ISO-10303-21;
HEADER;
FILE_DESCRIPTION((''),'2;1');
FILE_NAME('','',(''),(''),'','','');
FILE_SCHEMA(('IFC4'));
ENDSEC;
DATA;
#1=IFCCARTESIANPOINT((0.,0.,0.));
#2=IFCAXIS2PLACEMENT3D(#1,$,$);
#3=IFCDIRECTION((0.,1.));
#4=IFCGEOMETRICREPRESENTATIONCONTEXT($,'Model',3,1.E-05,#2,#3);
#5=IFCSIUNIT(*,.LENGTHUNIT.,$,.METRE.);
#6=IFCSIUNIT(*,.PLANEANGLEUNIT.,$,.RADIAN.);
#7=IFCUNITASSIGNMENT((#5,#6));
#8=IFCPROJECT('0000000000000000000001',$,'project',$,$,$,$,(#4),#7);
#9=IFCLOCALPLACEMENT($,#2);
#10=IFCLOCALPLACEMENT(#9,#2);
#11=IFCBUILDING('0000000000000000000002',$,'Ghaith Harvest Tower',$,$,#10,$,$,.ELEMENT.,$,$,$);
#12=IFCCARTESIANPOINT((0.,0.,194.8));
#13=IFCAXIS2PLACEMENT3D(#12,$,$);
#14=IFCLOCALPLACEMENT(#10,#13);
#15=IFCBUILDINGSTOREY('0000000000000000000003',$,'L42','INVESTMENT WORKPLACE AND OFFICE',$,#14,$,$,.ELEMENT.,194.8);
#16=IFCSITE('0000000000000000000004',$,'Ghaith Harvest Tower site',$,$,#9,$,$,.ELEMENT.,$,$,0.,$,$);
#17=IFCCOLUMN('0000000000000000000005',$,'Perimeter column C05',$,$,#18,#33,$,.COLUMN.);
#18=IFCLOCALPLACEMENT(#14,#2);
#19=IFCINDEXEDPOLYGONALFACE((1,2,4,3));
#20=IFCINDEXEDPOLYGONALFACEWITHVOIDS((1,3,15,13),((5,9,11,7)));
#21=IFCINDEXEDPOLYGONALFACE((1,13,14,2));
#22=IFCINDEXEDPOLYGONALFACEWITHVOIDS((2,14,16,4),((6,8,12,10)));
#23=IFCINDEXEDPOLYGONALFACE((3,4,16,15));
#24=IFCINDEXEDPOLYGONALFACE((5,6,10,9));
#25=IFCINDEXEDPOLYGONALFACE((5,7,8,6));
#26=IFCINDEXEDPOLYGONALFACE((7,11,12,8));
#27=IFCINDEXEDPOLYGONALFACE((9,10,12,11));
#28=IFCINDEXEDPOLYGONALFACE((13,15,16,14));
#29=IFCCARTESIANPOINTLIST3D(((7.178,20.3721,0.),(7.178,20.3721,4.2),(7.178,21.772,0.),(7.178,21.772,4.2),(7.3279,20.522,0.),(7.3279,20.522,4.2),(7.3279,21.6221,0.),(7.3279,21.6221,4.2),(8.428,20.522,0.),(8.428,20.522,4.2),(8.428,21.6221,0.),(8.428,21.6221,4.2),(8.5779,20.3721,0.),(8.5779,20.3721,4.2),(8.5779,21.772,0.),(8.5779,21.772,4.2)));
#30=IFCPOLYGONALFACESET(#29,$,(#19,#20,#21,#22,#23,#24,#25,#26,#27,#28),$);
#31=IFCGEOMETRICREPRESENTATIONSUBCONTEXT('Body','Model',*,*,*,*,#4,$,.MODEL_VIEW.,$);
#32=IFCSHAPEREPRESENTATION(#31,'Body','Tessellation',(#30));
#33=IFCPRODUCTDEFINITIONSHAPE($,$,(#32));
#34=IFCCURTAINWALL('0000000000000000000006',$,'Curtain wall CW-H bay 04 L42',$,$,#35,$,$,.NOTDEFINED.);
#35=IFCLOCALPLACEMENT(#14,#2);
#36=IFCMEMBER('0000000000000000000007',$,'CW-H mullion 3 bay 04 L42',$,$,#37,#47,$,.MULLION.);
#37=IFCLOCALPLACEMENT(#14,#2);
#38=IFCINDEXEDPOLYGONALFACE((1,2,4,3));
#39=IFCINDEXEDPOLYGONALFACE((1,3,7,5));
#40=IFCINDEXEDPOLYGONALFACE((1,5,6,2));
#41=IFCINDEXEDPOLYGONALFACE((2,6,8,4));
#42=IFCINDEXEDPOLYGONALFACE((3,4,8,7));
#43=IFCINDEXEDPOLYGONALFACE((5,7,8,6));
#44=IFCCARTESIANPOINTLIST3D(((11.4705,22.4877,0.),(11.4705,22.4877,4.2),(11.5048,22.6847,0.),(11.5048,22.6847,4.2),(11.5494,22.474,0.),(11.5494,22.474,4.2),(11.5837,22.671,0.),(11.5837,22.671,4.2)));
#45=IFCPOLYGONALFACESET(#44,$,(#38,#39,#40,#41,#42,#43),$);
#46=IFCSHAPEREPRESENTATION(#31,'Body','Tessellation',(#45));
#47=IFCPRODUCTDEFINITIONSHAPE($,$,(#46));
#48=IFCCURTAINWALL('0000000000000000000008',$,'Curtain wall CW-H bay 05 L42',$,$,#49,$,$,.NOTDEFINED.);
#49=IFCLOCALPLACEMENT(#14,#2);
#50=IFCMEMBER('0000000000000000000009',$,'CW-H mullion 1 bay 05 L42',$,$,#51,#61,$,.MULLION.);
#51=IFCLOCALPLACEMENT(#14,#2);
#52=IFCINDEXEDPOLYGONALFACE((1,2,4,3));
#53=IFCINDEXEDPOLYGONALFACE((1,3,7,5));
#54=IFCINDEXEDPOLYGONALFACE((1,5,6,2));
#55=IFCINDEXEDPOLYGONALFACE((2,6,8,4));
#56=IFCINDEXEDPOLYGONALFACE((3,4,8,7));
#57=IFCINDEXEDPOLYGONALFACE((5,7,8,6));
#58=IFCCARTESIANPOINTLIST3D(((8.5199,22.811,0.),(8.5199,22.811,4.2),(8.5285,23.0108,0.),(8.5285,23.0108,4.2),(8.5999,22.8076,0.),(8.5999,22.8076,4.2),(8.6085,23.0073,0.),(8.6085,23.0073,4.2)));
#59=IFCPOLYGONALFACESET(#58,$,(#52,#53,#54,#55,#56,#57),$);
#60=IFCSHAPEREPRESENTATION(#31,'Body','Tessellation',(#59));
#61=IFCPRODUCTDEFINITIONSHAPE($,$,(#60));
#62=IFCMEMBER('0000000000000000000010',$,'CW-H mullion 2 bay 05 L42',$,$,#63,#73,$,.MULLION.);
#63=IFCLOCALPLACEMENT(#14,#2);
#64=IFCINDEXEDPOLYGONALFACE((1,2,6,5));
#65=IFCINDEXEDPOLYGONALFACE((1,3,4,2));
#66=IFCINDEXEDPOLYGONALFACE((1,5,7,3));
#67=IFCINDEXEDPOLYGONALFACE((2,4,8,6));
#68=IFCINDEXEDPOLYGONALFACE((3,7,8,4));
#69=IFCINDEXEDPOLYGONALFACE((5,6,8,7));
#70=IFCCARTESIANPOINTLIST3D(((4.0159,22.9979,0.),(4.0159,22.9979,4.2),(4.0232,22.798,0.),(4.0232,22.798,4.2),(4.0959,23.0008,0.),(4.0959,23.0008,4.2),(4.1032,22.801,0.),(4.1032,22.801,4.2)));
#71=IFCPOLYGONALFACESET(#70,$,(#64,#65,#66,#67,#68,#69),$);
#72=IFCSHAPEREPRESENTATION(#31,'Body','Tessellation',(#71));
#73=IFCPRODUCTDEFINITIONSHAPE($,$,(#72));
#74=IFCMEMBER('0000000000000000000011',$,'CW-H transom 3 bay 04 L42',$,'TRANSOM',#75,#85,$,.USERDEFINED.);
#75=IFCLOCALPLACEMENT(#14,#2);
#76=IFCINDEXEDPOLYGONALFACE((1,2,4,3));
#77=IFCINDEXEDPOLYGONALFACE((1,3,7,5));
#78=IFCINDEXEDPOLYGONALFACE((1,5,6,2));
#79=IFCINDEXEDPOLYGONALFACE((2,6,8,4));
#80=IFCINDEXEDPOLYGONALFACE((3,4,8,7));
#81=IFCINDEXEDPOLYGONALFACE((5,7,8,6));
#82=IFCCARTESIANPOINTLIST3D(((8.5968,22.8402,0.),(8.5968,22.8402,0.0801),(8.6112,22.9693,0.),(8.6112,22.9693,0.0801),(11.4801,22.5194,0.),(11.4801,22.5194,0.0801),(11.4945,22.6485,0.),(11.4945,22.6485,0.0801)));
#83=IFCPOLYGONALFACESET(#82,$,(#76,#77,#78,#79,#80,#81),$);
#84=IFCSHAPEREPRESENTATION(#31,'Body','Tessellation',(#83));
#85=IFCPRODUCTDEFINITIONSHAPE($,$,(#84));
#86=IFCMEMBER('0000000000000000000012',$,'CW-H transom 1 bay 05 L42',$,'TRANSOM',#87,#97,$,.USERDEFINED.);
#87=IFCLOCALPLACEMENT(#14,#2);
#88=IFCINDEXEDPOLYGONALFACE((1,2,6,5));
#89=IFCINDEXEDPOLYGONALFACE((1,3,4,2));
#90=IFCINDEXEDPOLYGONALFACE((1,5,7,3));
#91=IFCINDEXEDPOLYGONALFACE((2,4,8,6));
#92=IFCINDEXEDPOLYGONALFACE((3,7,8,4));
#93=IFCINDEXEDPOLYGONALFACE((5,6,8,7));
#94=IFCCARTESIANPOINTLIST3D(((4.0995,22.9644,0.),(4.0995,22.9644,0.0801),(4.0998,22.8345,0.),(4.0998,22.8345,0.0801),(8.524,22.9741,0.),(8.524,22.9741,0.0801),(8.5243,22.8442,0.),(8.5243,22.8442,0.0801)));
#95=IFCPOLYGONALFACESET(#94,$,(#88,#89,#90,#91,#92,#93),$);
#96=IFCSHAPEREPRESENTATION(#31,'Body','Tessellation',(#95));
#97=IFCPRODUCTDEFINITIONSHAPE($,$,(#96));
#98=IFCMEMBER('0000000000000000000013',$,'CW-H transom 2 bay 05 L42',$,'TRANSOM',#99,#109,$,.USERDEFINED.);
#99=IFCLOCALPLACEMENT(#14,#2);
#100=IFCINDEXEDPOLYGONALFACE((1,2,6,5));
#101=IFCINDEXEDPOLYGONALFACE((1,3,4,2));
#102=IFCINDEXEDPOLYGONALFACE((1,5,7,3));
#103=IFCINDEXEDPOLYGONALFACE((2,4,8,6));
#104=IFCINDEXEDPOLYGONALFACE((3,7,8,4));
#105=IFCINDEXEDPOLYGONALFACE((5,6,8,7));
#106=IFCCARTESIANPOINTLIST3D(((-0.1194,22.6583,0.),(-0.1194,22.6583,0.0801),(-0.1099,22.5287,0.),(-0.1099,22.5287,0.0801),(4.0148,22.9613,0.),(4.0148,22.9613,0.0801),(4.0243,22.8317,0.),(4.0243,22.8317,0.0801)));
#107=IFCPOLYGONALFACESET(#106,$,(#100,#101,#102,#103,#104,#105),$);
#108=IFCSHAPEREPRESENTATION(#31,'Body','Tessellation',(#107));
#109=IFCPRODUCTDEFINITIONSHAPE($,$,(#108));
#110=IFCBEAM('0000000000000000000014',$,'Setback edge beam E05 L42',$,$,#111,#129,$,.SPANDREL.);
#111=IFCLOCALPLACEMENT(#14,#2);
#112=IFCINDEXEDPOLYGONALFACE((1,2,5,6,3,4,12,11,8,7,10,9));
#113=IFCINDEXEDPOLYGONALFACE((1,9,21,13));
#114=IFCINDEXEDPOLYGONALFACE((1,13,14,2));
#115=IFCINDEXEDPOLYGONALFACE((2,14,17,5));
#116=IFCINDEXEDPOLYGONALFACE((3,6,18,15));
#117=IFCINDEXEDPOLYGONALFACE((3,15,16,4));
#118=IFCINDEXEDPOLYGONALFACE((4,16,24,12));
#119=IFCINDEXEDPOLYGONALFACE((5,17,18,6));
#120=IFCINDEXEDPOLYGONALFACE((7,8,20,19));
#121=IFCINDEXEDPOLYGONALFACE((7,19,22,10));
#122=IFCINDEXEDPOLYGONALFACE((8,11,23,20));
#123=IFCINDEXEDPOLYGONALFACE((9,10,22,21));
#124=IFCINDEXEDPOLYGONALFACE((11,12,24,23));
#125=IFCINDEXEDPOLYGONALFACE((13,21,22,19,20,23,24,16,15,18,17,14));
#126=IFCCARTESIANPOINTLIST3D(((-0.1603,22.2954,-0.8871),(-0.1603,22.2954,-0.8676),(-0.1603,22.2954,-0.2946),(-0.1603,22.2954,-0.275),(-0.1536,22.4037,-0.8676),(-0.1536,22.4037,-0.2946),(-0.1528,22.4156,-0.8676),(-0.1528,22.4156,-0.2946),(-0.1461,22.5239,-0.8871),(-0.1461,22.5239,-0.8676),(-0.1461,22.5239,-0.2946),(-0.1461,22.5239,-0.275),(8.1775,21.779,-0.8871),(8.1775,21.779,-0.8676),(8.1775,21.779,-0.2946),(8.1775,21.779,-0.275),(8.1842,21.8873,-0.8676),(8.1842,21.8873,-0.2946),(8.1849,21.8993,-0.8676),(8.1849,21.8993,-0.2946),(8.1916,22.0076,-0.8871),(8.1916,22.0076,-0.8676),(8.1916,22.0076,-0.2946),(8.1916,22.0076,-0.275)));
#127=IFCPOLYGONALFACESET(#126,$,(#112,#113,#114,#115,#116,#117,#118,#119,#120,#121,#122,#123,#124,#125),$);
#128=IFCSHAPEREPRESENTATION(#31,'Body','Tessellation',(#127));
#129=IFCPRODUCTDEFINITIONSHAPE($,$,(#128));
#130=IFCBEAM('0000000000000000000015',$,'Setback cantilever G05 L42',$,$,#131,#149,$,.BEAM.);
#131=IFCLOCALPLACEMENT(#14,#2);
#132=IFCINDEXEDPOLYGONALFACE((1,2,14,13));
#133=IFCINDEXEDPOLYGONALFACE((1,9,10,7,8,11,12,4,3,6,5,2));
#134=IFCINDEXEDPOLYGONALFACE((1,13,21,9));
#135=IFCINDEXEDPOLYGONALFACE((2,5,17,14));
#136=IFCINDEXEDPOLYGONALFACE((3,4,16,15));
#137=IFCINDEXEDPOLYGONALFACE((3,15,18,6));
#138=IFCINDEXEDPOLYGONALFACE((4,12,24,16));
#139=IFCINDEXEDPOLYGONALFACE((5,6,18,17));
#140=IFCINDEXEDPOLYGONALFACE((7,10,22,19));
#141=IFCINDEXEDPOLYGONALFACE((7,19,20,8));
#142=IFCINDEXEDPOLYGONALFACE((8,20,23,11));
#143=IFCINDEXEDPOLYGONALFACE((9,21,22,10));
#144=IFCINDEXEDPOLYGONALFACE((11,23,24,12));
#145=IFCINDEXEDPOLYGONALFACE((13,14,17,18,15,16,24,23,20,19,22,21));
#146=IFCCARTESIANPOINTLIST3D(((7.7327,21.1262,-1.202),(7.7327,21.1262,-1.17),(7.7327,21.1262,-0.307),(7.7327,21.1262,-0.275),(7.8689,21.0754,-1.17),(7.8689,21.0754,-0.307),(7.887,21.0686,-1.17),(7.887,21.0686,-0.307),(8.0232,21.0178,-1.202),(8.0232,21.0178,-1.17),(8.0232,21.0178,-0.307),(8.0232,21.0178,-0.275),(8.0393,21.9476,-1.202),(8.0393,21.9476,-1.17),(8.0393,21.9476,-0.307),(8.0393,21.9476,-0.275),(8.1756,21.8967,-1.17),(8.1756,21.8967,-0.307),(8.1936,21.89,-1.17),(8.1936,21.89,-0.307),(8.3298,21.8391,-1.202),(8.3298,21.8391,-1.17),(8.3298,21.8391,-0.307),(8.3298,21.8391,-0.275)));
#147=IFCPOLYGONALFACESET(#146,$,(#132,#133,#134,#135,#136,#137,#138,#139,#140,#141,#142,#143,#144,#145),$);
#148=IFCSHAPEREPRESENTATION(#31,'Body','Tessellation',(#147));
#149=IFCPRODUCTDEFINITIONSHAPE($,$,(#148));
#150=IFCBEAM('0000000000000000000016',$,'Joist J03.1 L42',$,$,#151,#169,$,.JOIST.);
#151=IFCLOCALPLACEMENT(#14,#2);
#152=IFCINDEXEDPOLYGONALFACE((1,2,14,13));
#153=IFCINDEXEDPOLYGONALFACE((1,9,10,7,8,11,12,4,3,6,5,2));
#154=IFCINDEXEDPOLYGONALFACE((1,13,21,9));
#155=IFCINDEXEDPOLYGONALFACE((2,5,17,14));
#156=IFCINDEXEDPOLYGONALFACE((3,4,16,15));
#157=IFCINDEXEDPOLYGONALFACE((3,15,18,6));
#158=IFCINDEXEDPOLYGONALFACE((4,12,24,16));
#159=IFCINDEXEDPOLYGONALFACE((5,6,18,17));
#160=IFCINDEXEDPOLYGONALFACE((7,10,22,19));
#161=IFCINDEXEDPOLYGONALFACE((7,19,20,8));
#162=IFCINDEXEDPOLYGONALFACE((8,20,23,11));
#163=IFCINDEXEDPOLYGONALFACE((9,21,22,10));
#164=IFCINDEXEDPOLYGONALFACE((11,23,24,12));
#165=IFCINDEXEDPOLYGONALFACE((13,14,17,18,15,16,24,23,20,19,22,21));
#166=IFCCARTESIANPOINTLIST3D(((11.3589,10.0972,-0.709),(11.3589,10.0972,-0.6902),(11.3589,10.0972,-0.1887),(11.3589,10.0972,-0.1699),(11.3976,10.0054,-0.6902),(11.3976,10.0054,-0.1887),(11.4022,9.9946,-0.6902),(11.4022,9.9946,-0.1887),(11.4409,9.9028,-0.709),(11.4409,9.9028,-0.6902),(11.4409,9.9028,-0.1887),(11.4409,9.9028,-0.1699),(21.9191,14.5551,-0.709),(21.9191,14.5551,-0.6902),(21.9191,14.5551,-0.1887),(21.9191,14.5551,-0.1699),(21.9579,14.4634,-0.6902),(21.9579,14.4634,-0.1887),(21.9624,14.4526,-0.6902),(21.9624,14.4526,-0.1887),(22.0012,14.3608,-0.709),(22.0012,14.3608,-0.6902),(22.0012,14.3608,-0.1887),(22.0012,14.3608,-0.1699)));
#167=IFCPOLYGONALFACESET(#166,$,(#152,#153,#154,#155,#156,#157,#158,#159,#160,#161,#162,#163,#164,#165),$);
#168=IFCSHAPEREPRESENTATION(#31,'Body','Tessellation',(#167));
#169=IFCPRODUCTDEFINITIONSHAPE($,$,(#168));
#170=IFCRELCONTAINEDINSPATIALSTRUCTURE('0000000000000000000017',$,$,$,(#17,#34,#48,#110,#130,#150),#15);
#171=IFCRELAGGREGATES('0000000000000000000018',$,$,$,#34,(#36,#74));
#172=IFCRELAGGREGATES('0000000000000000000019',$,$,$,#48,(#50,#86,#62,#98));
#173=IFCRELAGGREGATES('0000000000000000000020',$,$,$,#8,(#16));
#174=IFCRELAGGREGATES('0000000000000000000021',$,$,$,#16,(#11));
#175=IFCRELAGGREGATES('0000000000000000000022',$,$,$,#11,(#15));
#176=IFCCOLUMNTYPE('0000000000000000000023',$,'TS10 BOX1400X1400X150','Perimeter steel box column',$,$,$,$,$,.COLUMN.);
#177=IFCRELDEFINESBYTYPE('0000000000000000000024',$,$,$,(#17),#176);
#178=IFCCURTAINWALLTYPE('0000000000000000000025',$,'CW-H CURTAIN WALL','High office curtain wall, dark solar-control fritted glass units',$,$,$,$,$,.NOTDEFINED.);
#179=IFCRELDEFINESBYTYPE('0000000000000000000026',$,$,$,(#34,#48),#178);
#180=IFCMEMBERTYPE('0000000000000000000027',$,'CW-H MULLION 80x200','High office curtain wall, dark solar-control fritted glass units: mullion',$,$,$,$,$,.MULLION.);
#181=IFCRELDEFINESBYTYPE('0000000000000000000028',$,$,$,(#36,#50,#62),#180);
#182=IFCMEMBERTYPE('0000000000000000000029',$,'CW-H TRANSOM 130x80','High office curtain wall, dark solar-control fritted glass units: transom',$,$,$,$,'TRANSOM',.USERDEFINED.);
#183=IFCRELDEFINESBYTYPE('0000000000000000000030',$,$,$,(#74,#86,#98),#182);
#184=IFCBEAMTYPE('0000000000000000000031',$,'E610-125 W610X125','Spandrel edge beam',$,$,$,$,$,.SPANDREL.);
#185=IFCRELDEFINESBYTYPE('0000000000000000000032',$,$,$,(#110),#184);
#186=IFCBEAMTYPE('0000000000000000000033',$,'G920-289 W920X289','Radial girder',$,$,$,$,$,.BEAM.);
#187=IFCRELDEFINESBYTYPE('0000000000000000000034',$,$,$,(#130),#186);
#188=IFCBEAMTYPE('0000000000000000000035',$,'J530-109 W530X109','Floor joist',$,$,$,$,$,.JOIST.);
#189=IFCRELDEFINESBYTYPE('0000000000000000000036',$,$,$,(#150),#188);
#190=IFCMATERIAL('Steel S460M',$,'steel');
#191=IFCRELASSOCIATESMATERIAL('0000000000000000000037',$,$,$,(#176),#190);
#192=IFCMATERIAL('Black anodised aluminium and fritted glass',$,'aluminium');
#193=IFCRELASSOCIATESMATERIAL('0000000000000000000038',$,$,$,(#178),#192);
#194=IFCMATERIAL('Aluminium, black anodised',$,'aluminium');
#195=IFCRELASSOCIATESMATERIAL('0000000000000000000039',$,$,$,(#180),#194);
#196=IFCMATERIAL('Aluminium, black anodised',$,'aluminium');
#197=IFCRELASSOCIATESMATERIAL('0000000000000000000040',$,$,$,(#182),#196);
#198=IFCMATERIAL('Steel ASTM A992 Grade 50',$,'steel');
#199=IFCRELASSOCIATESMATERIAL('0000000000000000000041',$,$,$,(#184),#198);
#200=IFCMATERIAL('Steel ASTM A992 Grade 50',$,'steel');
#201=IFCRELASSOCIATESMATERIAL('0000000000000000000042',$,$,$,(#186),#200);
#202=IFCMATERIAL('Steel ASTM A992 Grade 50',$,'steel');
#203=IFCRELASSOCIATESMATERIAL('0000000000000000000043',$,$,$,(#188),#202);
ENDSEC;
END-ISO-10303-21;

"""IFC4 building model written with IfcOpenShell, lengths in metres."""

from ifc_helpers import new_model, si_unit, direction, frame, origin, origin_2d, place, context, subcontext, project, spatial, rectangle, hollow_rectangle, i_section, extrude, material, material_profile, profile_set, type_object, element, aggregate, save


model = new_model("IFC4")

# Units and contexts
model_context = context("Model", 3, precision=1e-05, world=origin(), true_north=direction((0.0, 1.0)))
body_context = subcontext(model_context, "Body", "Model", "MODEL_VIEW")
ifc_project = project(units=[si_unit("LENGTHUNIT", "METRE"), si_unit("PLANEANGLEUNIT", "RADIAN")], contexts=[model_context])

# Site, building, storey
site_placement = place(None, origin())
site = spatial("IfcSite", under=ifc_project, at=site_placement, Name="Ghaith Harvest Tower site", CompositionType="ELEMENT", RefElevation=0.0)
building_placement = place(site_placement, origin())
building = spatial("IfcBuilding", under=site, at=building_placement, Name="Ghaith Harvest Tower", CompositionType="ELEMENT")
storey_placement = place(building_placement, frame((0.0, 0.0, 194.8)))
storey = spatial("IfcBuildingStorey", under=building, at=storey_placement, Name="L42", Description="INVESTMENT WORKPLACE AND OFFICE", CompositionType="ELEMENT", Elevation=194.8)

# Column
ifc_material_1 = material(Name="Steel S460M", Category="steel")
ifc_material_profile_1 = material_profile(ifc_material_1, hollow_rectangle(XDim=1.3999, YDim=1.3999, WallThickness=0.1499, at=origin_2d()), Name="BOX1400X1400X150")
ifc_profile_set_1 = profile_set([ifc_material_profile_1], Name="Steel S460M")
column_type = type_object("IfcColumnType", Name="TS10 BOX1400X1400X150", Description="Perimeter steel box column", PredefinedType="COLUMN", material=ifc_profile_set_1)
column_placement = place(storey_placement, frame((7.8779, 21.072, 0.0), z_axis=(0.0, 0.0, 1.0), x_axis=(1.0, 0.0, 0.0)))
element("IfcColumn", 1, at=column_placement, inside=storey, type_object=column_type, Name="Perimeter column C05", PredefinedType="COLUMN", context=body_context, shape_type="SweptSolid", body=[
    extrude(hollow_rectangle(XDim=1.3999, YDim=1.3999, WallThickness=0.1499, at=origin_2d()), origin(), (0.0, 0.0, 1.0), 4.2),
])

# Curtain wall, member
ifc_material_2 = material(Name="Black anodised aluminium and fritted glass", Category="aluminium")
curtain_wall_type = type_object("IfcCurtainWallType", Name="CW-H CURTAIN WALL", Description="High office curtain wall, dark solar-control fritted glass units", PredefinedType="NOTDEFINED", material=ifc_material_2)
curtain_wall_1_placement = place(storey_placement, origin())
curtain_wall_1 = element("IfcCurtainWall", 2, at=curtain_wall_1_placement, inside=storey, type_object=curtain_wall_type, Name="Curtain wall CW-H bay 04 L42", PredefinedType="NOTDEFINED")
ifc_material_3 = material(Name="Aluminium, black anodised", Category="aluminium")
ifc_material_profile_2 = material_profile(ifc_material_3, rectangle(XDim=0.0801, YDim=0.2, at=origin_2d()), Name="CW-H MULLION 80x200")
ifc_profile_set_2 = profile_set([ifc_material_profile_2], Name="Aluminium, black anodised")
member_type_1 = type_object("IfcMemberType", Name="CW-H MULLION 80x200", Description="High office curtain wall, dark solar-control fritted glass units: mullion", PredefinedType="MULLION", material=ifc_profile_set_2)
member_1_placement = place(storey_placement, frame((11.5271, 22.5793, 0.0), z_axis=(0.0, 0.0, 1.0), x_axis=(-0.985193, 0.171447, 0.0)))
member_1 = element("IfcMember", 3, at=member_1_placement, type_object=member_type_1, Name="CW-H mullion 3 bay 04 L42", PredefinedType="MULLION", context=body_context, shape_type="SweptSolid", body=[
    extrude(rectangle(XDim=0.0801, YDim=0.2, at=origin_2d()), origin(), (0.0, 0.0, 1.0), 4.2),
])

# Curtain wall, members
curtain_wall_2_placement = place(storey_placement, origin())
curtain_wall_2 = element("IfcCurtainWall", 4, at=curtain_wall_2_placement, inside=storey, type_object=curtain_wall_type, Name="Curtain wall CW-H bay 05 L42", PredefinedType="NOTDEFINED")
member_2_placement = place(storey_placement, frame((8.5642, 22.9092, 0.0), z_axis=(0.0, 0.0, 1.0), x_axis=(-0.999084, 0.042803, 0.0)))
member_2 = element("IfcMember", 5, at=member_2_placement, type_object=member_type_1, Name="CW-H mullion 1 bay 05 L42", PredefinedType="MULLION", context=body_context, shape_type="SweptSolid", body=[
    extrude(rectangle(XDim=0.0801, YDim=0.2, at=origin_2d()), origin(), (0.0, 0.0, 1.0), 4.2),
])
member_3_placement = place(storey_placement, frame((4.0596, 22.8994, 0.0), z_axis=(0.0, 0.0, 1.0), x_axis=(-0.999333, -0.036524, 0.0)))
member_3 = element("IfcMember", 6, at=member_3_placement, type_object=member_type_1, Name="CW-H mullion 2 bay 05 L42", PredefinedType="MULLION", context=body_context, shape_type="SweptSolid", body=[
    extrude(rectangle(XDim=0.0801, YDim=0.2, at=origin_2d()), origin(), (0.0, 0.0, 1.0), 4.2),
])

# Members
ifc_material_4 = material(Name="Aluminium, black anodised", Category="aluminium")
ifc_material_profile_3 = material_profile(ifc_material_4, rectangle(XDim=0.1299, YDim=0.0801, at=origin_2d()), Name="CW-H TRANSOM 130x80")
ifc_profile_set_3 = profile_set([ifc_material_profile_3], Name="Aluminium, black anodised")
member_type_2 = type_object("IfcMemberType", Name="CW-H TRANSOM 130x80", Description="High office curtain wall, dark solar-control fritted glass units: transom", ElementType="TRANSOM", PredefinedType="USERDEFINED", material=ifc_profile_set_3)
member_4_placement = place(storey_placement, frame((11.4873, 22.584, 0.04), z_axis=(-0.993867, 0.110579, 0.0), x_axis=(-0.110579, -0.993867, 0.0)))
member_4 = element("IfcMember", 7, at=member_4_placement, type_object=member_type_2, Name="CW-H transom 3 bay 04 L42", ObjectType="TRANSOM", PredefinedType="USERDEFINED", context=body_context, shape_type="SweptSolid", body=[
    extrude(rectangle(XDim=0.1299, YDim=0.0801, at=origin_2d()), origin(), (0.0, 0.0, 1.0), 2.9011),
])
member_5_placement = place(storey_placement, frame((8.5242, 22.9092, 0.04), z_axis=(-0.999998, -0.002207, 0.0), x_axis=(0.002207, -0.999998, 0.0)))
member_5 = element("IfcMember", 8, at=member_5_placement, type_object=member_type_2, Name="CW-H transom 1 bay 05 L42", ObjectType="TRANSOM", PredefinedType="USERDEFINED", context=body_context, shape_type="SweptSolid", body=[
    extrude(rectangle(XDim=0.1299, YDim=0.0801, at=origin_2d()), origin(), (0.0, 0.0, 1.0), 4.4246),
])
member_6_placement = place(storey_placement, frame((4.0195, 22.8965, 0.04), z_axis=(-0.997325, -0.073089, 0.0), x_axis=(0.073089, -0.997325, 0.0)))
member_6 = element("IfcMember", 9, at=member_6_placement, type_object=member_type_2, Name="CW-H transom 2 bay 05 L42", ObjectType="TRANSOM", PredefinedType="USERDEFINED", context=body_context, shape_type="SweptSolid", body=[
    extrude(rectangle(XDim=0.1299, YDim=0.0801, at=origin_2d()), origin(), (0.0, 0.0, 1.0), 4.1453),
])

# Beams
ifc_material_5 = material(Name="Steel ASTM A992 Grade 50", Category="steel")
ifc_material_profile_4 = material_profile(ifc_material_5, i_section(OverallWidth=0.229, OverallDepth=0.6121, WebThickness=0.012, FlangeThickness=0.0195, at=origin_2d()), Name="W610X125")
ifc_profile_set_4 = profile_set([ifc_material_profile_4], Name="Steel ASTM A992 Grade 50")
beam_type_1 = type_object("IfcBeamType", Name="E610-125 W610X125", Description="Spandrel edge beam", PredefinedType="SPANDREL", material=ifc_profile_set_4)
beam_1_placement = place(storey_placement, frame((8.1846, 21.8933, -0.5811), z_axis=(-0.998088, 0.061811, 0.0), x_axis=(-0.061811, -0.998088, 0.0)))
element("IfcBeam", 10, at=beam_1_placement, inside=storey, type_object=beam_type_1, Name="Setback edge beam E05 L42", PredefinedType="SPANDREL", context=body_context, shape_type="SweptSolid", body=[
    extrude(i_section(OverallWidth=0.229, OverallDepth=0.6121, WebThickness=0.012, FlangeThickness=0.0195, at=origin_2d()), origin(), (0.0, 0.0, 1.0), 8.3538),
])
ifc_material_6 = material(Name="Steel ASTM A992 Grade 50", Category="steel")
ifc_material_profile_5 = material_profile(ifc_material_6, i_section(OverallWidth=0.3101, OverallDepth=0.927, WebThickness=0.0193, FlangeThickness=0.032, at=origin_2d()), Name="W920X289")
ifc_profile_set_5 = profile_set([ifc_material_profile_5], Name="Steel ASTM A992 Grade 50")
beam_type_2 = type_object("IfcBeamType", Name="G920-289 W920X289", Description="Radial girder", PredefinedType="BEAM", material=ifc_profile_set_5)
beam_2_placement = place(storey_placement, frame((7.8779, 21.072, -0.7385), z_axis=(0.34978, 0.936832, 0.0), x_axis=(-0.936832, 0.34978, 0.0)))
element("IfcBeam", 11, at=beam_2_placement, inside=storey, type_object=beam_type_2, Name="Setback cantilever G05 L42", PredefinedType="BEAM", context=body_context, shape_type="SweptSolid", body=[
    extrude(i_section(OverallWidth=0.3101, OverallDepth=0.927, WebThickness=0.0193, FlangeThickness=0.032, at=origin_2d()), origin(), (0.0, 0.0, 1.0), 0.8767),
])
ifc_material_7 = material(Name="Steel ASTM A992 Grade 50", Category="steel")
ifc_material_profile_6 = material_profile(ifc_material_7, i_section(OverallWidth=0.2109, OverallDepth=0.5391, WebThickness=0.0117, FlangeThickness=0.0188, at=origin_2d()), Name="W530X109")
ifc_profile_set_6 = profile_set([ifc_material_profile_6], Name="Steel ASTM A992 Grade 50")
beam_type_3 = type_object("IfcBeamType", Name="J530-109 W530X109", Description="Floor joist", PredefinedType="JOIST", material=ifc_profile_set_6)
beam_3_placement = place(storey_placement, frame((11.3999, 10.0, -0.4395), z_axis=(0.921274, 0.388914, 0.0), x_axis=(-0.388914, 0.921274, 0.0)))
element("IfcBeam", 12, at=beam_3_placement, inside=storey, type_object=beam_type_3, Name="Joist J03.1 L42", PredefinedType="JOIST", context=body_context, shape_type="SweptSolid", body=[
    extrude(i_section(OverallWidth=0.2109, OverallDepth=0.5391, WebThickness=0.0117, FlangeThickness=0.0188, at=origin_2d()), origin(), (0.0, 0.0, 1.0), 11.4626),
])

aggregate(curtain_wall_1, [member_1, member_4])
aggregate(curtain_wall_2, [member_2, member_5, member_3, member_6])

save(model, "model.ifc")
